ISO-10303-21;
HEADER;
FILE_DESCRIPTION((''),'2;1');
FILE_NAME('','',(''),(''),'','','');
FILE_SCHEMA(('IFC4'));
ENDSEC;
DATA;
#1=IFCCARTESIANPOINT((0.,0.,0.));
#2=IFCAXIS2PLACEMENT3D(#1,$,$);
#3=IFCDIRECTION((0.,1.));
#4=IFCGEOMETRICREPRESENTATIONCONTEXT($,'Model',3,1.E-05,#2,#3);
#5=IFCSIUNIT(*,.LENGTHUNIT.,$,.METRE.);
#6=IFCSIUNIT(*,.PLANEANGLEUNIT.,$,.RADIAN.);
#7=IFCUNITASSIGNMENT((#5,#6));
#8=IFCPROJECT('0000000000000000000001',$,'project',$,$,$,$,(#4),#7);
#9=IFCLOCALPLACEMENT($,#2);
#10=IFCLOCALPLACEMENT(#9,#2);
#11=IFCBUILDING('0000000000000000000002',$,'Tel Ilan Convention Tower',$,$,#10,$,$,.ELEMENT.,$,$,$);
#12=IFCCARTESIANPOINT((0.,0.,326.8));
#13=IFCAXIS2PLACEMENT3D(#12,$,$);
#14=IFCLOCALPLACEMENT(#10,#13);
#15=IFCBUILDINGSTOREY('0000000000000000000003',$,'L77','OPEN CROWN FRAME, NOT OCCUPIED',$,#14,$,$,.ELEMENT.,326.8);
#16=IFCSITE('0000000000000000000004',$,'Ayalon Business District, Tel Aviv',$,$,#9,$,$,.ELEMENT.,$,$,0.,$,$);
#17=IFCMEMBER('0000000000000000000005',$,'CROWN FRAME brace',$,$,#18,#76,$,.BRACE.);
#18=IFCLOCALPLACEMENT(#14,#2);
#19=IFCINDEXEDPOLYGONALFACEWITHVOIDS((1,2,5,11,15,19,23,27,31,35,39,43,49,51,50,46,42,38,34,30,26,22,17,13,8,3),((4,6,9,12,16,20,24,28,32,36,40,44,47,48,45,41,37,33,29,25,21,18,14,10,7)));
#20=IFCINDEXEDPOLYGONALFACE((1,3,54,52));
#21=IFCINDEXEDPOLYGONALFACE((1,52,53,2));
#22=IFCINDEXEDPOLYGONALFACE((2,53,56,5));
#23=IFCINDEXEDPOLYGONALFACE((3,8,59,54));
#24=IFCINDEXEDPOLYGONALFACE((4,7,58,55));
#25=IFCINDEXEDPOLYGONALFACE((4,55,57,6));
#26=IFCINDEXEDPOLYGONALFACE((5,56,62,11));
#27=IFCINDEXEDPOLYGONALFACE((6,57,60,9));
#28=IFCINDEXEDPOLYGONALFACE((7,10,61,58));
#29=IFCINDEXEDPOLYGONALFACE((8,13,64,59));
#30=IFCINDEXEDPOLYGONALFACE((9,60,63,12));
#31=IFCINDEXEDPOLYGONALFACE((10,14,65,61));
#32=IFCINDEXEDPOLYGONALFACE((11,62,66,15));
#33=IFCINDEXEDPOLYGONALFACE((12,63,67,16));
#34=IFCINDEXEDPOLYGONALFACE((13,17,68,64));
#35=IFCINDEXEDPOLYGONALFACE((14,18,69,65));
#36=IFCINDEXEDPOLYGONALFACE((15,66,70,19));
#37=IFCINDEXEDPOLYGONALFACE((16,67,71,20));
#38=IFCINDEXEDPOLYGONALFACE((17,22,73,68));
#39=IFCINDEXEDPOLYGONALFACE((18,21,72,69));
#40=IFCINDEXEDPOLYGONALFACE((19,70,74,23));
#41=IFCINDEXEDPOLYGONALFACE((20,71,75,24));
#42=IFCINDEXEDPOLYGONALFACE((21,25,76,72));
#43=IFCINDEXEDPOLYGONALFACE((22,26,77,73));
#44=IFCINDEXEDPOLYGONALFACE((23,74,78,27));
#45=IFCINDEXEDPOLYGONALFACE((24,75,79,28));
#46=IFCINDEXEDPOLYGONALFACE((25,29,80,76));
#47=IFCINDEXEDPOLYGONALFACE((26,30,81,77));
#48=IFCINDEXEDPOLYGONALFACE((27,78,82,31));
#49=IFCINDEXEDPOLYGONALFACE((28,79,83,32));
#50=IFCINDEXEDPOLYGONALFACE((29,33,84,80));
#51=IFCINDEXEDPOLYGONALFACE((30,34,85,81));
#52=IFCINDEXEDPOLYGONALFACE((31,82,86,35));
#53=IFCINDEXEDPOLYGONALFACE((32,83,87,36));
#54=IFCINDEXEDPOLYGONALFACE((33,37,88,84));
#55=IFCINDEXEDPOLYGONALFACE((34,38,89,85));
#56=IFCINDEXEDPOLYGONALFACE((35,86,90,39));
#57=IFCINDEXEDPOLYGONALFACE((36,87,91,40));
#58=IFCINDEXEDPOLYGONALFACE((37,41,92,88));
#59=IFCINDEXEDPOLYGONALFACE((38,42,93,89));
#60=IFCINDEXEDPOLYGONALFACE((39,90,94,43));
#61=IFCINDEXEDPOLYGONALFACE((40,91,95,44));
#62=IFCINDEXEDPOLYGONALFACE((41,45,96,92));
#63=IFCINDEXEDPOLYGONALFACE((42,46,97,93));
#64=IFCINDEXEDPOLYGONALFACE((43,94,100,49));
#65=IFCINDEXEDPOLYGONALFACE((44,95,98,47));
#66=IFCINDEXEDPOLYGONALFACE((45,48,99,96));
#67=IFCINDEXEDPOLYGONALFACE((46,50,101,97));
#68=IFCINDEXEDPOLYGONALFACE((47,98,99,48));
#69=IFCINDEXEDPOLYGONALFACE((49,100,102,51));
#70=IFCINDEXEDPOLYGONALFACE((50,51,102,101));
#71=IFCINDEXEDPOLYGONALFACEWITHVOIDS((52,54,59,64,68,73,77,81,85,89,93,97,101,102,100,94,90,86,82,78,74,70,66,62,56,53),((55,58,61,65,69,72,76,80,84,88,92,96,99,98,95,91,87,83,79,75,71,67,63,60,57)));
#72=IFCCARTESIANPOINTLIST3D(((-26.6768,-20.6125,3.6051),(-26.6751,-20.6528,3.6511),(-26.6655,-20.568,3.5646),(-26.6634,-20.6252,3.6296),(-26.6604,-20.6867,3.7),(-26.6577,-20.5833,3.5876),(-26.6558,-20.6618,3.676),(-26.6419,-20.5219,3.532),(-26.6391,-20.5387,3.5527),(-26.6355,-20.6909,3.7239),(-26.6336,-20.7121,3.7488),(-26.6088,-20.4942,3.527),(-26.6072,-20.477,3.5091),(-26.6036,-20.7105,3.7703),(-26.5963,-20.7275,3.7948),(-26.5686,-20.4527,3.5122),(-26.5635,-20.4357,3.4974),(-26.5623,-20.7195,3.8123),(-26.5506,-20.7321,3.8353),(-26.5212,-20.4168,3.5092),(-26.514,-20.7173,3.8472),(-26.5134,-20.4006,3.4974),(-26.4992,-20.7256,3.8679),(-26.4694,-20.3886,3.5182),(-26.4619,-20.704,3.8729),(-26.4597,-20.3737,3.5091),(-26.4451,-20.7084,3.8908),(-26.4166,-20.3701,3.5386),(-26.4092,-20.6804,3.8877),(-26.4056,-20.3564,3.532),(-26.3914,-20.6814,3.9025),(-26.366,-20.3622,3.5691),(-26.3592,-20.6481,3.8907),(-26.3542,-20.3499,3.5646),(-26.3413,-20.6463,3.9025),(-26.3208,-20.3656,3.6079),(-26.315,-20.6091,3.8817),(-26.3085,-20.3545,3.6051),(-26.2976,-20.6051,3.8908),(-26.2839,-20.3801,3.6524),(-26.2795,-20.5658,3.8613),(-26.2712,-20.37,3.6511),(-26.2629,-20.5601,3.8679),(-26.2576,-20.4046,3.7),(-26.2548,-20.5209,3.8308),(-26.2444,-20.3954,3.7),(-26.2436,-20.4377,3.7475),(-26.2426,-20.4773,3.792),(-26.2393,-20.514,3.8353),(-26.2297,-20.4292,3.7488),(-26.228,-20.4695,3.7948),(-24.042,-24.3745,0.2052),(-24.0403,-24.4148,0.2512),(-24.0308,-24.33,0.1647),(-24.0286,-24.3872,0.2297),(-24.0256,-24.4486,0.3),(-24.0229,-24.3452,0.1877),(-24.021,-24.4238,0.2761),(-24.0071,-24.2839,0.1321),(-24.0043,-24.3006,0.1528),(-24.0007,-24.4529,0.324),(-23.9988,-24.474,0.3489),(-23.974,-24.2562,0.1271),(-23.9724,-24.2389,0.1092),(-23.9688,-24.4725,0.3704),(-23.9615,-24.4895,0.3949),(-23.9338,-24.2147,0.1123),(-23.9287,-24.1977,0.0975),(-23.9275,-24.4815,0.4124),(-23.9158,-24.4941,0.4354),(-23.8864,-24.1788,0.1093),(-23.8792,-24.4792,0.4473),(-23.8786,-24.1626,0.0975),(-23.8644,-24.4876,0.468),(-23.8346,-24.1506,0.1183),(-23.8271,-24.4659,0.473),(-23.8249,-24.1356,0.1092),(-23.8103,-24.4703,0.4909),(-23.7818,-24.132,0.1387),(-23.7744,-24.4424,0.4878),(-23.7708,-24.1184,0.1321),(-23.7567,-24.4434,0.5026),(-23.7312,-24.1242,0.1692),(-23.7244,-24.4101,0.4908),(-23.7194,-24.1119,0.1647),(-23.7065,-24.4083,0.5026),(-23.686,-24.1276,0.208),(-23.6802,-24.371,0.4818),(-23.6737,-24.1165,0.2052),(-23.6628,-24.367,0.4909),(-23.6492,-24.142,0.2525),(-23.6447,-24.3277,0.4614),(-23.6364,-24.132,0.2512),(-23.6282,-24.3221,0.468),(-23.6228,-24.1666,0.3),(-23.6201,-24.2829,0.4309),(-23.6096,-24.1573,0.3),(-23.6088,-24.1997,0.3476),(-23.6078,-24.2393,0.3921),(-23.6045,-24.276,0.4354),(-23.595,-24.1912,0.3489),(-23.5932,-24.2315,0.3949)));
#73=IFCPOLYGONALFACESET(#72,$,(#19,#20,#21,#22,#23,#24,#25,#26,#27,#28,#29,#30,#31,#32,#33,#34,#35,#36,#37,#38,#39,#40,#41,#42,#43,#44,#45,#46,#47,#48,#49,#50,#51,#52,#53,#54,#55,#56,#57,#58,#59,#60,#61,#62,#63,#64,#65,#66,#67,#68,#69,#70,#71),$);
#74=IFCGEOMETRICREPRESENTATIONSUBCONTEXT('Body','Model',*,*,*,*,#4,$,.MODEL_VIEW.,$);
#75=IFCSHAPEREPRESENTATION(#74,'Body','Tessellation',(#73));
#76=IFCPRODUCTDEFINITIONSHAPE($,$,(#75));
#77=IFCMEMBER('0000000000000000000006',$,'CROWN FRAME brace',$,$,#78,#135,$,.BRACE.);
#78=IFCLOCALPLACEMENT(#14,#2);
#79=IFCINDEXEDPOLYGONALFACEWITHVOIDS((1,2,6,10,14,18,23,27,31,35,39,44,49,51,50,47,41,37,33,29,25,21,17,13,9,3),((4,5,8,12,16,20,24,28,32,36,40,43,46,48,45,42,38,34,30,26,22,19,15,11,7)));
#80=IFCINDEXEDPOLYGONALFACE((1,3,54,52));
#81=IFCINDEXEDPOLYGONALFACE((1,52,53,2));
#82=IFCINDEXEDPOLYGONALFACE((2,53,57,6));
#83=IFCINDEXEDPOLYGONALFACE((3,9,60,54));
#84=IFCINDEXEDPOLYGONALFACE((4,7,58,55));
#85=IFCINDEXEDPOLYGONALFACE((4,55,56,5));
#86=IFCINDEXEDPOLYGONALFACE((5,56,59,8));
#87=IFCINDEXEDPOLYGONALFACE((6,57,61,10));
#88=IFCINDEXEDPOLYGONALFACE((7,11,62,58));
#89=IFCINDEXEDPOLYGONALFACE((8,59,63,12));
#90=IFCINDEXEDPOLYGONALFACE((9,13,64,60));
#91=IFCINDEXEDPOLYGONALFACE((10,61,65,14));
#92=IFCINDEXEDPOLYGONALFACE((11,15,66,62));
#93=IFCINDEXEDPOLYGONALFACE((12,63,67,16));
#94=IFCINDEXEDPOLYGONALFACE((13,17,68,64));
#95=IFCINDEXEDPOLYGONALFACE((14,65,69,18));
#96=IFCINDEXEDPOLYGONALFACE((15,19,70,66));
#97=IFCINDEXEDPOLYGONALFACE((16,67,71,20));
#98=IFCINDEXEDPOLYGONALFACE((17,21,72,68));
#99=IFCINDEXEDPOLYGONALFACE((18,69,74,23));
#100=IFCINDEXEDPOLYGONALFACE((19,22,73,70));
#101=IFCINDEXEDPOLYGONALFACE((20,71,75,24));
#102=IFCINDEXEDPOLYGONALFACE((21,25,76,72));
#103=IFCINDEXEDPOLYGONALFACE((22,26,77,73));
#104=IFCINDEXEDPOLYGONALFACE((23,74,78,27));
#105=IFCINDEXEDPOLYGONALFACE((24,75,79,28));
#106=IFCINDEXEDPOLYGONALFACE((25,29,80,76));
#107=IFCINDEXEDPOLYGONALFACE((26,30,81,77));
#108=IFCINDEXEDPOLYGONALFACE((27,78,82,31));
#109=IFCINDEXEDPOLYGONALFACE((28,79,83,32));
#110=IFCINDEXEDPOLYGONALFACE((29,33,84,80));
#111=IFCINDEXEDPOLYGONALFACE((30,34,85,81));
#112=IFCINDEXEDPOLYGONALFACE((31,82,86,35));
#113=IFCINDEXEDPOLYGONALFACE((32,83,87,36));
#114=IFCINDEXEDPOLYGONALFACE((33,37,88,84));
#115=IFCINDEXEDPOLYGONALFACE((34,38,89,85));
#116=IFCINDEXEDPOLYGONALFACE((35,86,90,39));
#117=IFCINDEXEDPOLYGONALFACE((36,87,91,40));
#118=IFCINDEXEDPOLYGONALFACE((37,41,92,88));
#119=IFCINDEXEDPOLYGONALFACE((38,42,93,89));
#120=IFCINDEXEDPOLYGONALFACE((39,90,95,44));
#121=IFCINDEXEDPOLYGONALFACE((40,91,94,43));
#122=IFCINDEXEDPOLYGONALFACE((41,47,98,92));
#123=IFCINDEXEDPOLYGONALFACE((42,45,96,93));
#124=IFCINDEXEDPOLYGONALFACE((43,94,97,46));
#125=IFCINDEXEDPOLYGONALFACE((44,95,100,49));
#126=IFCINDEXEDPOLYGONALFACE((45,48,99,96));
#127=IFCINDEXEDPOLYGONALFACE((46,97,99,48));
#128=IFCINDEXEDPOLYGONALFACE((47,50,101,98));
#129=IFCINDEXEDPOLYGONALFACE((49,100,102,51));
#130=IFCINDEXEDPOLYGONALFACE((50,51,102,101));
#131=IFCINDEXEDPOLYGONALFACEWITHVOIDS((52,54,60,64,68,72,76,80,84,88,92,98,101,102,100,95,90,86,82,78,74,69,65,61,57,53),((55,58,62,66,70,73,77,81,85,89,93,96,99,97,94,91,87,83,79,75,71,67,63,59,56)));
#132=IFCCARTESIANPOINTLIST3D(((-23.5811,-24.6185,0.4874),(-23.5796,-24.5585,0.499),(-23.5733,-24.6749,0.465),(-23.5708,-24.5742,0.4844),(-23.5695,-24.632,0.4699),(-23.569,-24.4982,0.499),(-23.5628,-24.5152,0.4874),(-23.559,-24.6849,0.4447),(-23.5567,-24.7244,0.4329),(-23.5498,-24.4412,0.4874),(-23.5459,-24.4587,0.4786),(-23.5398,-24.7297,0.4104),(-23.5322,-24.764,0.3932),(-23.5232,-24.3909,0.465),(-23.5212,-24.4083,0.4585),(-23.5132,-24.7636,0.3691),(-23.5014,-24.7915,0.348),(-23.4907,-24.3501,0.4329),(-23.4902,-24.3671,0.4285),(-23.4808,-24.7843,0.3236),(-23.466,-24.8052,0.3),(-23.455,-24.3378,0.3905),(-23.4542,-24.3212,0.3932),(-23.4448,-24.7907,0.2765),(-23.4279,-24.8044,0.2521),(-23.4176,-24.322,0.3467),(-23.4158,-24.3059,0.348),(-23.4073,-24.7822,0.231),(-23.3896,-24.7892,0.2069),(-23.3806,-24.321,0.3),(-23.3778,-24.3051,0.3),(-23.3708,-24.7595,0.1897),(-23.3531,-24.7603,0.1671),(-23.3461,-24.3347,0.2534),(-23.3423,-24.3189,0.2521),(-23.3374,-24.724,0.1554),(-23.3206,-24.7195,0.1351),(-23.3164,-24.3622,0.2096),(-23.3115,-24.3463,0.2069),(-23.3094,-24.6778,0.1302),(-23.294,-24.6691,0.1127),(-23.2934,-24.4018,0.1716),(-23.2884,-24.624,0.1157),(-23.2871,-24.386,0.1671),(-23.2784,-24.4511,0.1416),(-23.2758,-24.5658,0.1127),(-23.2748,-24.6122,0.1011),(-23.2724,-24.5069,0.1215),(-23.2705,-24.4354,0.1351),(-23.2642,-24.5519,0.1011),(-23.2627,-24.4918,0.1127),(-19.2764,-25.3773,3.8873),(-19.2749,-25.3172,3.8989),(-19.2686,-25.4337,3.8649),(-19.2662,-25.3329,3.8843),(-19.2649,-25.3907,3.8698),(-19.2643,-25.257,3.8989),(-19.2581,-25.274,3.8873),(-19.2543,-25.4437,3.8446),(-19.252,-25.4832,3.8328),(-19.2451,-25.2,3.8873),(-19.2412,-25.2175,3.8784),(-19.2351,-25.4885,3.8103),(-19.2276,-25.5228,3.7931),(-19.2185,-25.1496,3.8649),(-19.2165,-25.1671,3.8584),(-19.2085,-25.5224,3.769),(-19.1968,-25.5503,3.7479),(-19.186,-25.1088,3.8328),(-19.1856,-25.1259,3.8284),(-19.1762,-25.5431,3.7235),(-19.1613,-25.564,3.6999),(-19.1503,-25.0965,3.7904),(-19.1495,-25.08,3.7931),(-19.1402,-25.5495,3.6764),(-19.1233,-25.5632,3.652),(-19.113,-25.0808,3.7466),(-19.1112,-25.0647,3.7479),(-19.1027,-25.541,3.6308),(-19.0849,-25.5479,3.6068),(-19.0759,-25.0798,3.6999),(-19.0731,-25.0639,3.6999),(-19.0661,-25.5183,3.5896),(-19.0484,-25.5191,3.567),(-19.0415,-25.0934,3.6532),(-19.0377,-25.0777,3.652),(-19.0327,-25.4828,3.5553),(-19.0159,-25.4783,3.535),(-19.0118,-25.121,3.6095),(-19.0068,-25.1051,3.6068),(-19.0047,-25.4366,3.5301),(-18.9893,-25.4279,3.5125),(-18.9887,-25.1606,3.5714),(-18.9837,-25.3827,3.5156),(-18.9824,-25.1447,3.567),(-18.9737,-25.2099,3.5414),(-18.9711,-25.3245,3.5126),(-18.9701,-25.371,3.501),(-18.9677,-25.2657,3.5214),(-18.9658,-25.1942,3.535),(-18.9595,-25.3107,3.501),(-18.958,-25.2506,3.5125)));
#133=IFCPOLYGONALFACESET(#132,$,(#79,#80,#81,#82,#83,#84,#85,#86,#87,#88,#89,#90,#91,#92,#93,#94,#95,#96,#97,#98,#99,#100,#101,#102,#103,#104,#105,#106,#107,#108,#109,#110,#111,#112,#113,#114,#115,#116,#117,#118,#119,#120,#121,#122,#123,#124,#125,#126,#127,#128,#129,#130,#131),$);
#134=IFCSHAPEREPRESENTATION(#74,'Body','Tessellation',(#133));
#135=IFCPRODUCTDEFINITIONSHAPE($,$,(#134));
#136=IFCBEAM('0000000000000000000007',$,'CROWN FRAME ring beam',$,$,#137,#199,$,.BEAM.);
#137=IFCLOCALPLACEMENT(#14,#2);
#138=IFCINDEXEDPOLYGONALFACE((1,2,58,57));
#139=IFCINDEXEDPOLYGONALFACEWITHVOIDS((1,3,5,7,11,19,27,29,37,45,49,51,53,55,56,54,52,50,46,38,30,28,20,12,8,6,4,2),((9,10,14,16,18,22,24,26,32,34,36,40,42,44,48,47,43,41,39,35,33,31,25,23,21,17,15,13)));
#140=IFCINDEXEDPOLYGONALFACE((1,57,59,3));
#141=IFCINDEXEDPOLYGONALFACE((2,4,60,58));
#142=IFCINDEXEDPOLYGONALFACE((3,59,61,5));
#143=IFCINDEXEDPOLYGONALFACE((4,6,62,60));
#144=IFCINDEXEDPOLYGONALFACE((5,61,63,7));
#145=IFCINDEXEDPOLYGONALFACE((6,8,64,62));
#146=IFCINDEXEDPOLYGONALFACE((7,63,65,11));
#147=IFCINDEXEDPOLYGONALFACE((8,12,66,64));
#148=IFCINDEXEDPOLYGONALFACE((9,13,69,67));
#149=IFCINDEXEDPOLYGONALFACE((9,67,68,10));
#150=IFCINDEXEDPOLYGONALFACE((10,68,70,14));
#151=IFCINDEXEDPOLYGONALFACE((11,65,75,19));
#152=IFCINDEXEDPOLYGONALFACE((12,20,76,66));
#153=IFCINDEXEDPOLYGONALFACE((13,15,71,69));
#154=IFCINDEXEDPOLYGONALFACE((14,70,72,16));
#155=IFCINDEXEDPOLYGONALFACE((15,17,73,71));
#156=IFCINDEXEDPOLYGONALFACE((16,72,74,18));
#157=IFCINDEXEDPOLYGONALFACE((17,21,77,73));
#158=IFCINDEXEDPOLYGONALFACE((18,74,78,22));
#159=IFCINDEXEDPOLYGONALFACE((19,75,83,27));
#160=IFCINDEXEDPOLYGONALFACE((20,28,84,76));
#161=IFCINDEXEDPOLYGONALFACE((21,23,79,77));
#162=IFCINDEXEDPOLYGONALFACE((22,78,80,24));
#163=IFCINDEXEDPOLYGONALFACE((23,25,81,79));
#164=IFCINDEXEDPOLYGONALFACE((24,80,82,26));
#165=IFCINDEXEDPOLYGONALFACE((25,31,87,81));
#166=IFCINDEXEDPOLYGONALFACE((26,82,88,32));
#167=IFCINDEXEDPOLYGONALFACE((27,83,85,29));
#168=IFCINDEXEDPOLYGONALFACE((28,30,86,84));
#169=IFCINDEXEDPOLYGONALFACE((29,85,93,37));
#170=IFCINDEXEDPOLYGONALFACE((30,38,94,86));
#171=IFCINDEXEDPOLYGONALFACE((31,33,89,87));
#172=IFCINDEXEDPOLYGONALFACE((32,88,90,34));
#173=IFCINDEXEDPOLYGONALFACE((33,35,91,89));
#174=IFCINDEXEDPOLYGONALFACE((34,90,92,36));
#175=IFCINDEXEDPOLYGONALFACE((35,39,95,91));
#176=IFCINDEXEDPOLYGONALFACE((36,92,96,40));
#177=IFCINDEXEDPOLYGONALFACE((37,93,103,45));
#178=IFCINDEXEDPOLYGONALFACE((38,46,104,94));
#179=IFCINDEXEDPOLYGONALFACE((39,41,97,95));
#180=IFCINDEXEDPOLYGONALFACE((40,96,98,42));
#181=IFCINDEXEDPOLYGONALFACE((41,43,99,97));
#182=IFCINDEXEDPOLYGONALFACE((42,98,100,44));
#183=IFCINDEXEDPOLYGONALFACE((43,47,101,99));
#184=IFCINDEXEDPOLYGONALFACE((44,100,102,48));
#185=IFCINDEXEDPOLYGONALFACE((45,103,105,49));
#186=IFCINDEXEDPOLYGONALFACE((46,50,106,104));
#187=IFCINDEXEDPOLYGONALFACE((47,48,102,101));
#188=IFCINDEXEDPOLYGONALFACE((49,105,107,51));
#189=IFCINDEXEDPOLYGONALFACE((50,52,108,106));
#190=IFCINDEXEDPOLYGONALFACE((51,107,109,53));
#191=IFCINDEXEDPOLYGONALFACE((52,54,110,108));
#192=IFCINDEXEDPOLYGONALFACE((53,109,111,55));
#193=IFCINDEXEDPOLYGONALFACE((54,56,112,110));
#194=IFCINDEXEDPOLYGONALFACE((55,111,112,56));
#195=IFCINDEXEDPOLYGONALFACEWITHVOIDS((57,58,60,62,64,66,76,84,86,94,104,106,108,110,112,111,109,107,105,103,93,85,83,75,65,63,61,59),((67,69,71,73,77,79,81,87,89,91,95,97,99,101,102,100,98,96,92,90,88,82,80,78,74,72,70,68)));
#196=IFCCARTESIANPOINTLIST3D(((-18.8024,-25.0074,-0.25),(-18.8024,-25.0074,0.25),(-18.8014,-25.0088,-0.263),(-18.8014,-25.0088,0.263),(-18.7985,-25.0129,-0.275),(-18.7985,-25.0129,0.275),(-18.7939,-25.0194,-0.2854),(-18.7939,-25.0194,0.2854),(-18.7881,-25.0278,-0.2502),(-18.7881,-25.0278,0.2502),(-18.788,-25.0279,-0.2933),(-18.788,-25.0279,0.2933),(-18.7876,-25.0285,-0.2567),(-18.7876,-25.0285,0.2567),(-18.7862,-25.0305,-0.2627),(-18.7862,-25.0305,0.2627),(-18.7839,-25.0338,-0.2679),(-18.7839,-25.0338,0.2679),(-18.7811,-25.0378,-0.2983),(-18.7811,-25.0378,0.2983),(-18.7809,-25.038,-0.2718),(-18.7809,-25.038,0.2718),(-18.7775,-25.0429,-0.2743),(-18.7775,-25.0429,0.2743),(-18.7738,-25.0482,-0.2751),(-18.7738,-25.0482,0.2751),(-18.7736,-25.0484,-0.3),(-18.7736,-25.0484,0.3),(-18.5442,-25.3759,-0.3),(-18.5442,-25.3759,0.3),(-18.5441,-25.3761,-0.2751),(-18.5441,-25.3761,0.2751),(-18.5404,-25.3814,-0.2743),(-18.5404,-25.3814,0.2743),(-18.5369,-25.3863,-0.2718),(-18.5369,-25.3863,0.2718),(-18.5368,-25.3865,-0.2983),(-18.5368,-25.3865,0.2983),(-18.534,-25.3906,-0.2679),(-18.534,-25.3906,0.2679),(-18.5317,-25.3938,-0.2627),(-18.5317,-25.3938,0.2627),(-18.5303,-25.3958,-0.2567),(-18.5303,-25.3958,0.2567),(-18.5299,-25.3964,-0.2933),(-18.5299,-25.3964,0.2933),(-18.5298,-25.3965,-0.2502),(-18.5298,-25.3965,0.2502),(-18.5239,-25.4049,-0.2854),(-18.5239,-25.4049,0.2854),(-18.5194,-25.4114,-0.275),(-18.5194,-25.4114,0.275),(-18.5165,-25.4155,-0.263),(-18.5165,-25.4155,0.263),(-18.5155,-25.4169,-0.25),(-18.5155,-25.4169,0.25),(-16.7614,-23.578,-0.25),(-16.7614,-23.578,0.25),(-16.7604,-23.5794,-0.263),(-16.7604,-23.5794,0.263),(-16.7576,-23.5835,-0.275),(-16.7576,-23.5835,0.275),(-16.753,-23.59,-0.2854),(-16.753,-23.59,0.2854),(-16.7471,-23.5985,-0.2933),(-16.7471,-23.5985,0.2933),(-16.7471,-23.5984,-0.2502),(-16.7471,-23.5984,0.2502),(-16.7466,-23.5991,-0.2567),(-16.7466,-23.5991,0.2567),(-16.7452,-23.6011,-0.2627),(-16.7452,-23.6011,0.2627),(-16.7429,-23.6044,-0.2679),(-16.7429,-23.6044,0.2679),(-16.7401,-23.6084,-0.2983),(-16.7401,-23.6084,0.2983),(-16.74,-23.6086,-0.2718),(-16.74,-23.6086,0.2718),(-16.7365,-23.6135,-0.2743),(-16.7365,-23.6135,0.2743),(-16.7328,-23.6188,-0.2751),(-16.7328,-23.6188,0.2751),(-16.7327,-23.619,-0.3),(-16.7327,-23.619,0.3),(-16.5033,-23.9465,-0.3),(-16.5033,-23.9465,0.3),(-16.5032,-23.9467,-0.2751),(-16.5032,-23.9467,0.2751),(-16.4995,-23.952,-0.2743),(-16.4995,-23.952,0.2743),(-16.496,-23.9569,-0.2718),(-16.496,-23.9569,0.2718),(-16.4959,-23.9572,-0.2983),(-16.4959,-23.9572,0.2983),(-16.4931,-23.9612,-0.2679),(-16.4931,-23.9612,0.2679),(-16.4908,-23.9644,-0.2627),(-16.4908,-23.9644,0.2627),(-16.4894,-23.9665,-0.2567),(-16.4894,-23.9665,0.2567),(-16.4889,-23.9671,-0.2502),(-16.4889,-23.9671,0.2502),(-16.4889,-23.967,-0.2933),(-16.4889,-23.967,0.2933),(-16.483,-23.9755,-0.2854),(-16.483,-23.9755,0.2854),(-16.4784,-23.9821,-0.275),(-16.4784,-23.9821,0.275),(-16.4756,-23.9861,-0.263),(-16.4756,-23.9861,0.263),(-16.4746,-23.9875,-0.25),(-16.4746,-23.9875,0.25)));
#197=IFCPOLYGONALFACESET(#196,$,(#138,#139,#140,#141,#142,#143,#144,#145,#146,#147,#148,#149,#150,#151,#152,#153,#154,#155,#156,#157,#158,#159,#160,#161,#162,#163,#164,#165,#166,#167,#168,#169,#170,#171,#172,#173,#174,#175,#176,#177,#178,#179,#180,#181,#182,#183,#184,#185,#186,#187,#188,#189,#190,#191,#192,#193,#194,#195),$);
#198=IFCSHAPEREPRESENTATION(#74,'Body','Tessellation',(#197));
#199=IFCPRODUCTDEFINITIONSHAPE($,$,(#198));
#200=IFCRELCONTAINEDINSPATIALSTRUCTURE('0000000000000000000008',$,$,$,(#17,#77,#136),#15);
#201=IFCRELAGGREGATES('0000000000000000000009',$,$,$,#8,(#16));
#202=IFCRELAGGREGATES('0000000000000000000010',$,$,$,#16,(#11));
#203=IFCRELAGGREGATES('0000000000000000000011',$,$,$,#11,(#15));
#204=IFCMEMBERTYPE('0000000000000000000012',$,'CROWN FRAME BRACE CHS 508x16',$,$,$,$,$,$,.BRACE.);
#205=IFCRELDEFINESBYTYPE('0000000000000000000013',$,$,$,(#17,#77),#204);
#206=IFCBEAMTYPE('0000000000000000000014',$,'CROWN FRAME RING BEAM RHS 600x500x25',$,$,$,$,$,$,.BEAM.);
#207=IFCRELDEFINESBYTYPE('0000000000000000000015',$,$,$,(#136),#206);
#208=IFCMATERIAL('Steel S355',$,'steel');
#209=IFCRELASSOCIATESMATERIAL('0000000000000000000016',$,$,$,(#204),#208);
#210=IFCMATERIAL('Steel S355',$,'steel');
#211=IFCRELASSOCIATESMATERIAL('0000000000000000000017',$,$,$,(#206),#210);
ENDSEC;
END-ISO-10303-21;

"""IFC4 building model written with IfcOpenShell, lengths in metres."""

from ifc_helpers import new_model, si_unit, direction, frame, origin, origin_2d, place, context, subcontext, project, spatial, hollow_rectangle, hollow_circle, extrude, material, material_profile, profile_set, type_object, element, save


model = new_model("IFC4")

# Units and contexts
model_context = context("Model", 3, precision=1e-05, world=origin(), true_north=direction((0.0, 1.0)))
body_context = subcontext(model_context, "Body", "Model", "MODEL_VIEW")
ifc_project = project(units=[si_unit("LENGTHUNIT", "METRE"), si_unit("PLANEANGLEUNIT", "RADIAN")], contexts=[model_context])

# Site, building, storey
site_placement = place(None, origin())
site = spatial("IfcSite", under=ifc_project, at=site_placement, Name="Ayalon Business District, Tel Aviv", CompositionType="ELEMENT", RefElevation=0.0)
building_placement = place(site_placement, origin())
building = spatial("IfcBuilding", under=site, at=building_placement, Name="Tel Ilan Convention Tower", CompositionType="ELEMENT")
storey_placement = place(building_placement, frame((0.0, 0.0, 326.8)))
storey = spatial("IfcBuildingStorey", under=building, at=storey_placement, Name="L77", Description="OPEN CROWN FRAME, NOT OCCUPIED", CompositionType="ELEMENT", Elevation=326.8)

# Members
ifc_material_1 = material(Name="Steel S355", Category="steel")
ifc_material_profile_1 = material_profile(ifc_material_1, hollow_circle(Radius=0.2539, WallThickness=0.0161, at=origin_2d()), Name="CHS 508x16")
ifc_profile_set_1 = profile_set([ifc_material_profile_1], Name="Steel S355")
member_type = type_object("IfcMemberType", Name="CROWN FRAME BRACE CHS 508x16", PredefinedType="BRACE", material=ifc_profile_set_1)
member_1_placement = place(storey_placement, frame((-26.4524, -20.541, 3.7), z_axis=(0.46108, -0.658337, -0.594977), x_axis=(0.81909, 0.573666, 0.0)))
element("IfcMember", 1, at=member_1_placement, inside=storey, type_object=member_type, Name="CROWN FRAME brace", PredefinedType="BRACE", context=body_context, shape_type="SweptSolid", body=[
    extrude(hollow_circle(Radius=0.2539, WallThickness=0.0161, at=origin_2d()), origin(), (0.0, 0.0, 1.0), 5.7144),
])
member_2_placement = place(storey_placement, frame((-23.4219, -24.5552, 0.3), z_axis=(0.777351, -0.137024, 0.613963), x_axis=(0.173594, 0.984817, 0.0)))
element("IfcMember", 2, at=member_2_placement, inside=storey, type_object=member_type, Name="CROWN FRAME brace", PredefinedType="BRACE", context=body_context, shape_type="SweptSolid", body=[
    extrude(hollow_circle(Radius=0.2539, WallThickness=0.0161, at=origin_2d()), origin(), (0.0, 0.0, 1.0), 5.5376),
])

# Beam
ifc_material_2 = material(Name="Steel S355", Category="steel")
ifc_material_profile_2 = material_profile(ifc_material_2, hollow_rectangle(XDim=0.5, YDim=0.6001, WallThickness=0.0249, InnerFilletRadius=0.0249, OuterFilletRadius=0.05, at=origin_2d()), Name="RHS 600x500x25")
ifc_profile_set_2 = profile_set([ifc_material_profile_2], Name="Steel S355")
beam_type = type_object("IfcBeamType", Name="CROWN FRAME RING BEAM RHS 600x500x25", PredefinedType="BEAM", material=ifc_profile_set_2)
beam_1_placement = place(storey_placement, frame((-18.6589, -25.2122, 0.0), z_axis=(0.819094, 0.57366, 0.0), x_axis=(-0.57366, 0.819094, 0.0)))
element("IfcBeam", 3, at=beam_1_placement, inside=storey, type_object=beam_type, Name="CROWN FRAME ring beam", PredefinedType="BEAM", context=body_context, shape_type="SweptSolid", body=[
    extrude(hollow_rectangle(XDim=0.5, YDim=0.6001, WallThickness=0.0249, InnerFilletRadius=0.0249, OuterFilletRadius=0.05, at=origin_2d()), origin(), (0.0, 0.0, 1.0), 2.4917),
])

save(model, "model.ifc")
